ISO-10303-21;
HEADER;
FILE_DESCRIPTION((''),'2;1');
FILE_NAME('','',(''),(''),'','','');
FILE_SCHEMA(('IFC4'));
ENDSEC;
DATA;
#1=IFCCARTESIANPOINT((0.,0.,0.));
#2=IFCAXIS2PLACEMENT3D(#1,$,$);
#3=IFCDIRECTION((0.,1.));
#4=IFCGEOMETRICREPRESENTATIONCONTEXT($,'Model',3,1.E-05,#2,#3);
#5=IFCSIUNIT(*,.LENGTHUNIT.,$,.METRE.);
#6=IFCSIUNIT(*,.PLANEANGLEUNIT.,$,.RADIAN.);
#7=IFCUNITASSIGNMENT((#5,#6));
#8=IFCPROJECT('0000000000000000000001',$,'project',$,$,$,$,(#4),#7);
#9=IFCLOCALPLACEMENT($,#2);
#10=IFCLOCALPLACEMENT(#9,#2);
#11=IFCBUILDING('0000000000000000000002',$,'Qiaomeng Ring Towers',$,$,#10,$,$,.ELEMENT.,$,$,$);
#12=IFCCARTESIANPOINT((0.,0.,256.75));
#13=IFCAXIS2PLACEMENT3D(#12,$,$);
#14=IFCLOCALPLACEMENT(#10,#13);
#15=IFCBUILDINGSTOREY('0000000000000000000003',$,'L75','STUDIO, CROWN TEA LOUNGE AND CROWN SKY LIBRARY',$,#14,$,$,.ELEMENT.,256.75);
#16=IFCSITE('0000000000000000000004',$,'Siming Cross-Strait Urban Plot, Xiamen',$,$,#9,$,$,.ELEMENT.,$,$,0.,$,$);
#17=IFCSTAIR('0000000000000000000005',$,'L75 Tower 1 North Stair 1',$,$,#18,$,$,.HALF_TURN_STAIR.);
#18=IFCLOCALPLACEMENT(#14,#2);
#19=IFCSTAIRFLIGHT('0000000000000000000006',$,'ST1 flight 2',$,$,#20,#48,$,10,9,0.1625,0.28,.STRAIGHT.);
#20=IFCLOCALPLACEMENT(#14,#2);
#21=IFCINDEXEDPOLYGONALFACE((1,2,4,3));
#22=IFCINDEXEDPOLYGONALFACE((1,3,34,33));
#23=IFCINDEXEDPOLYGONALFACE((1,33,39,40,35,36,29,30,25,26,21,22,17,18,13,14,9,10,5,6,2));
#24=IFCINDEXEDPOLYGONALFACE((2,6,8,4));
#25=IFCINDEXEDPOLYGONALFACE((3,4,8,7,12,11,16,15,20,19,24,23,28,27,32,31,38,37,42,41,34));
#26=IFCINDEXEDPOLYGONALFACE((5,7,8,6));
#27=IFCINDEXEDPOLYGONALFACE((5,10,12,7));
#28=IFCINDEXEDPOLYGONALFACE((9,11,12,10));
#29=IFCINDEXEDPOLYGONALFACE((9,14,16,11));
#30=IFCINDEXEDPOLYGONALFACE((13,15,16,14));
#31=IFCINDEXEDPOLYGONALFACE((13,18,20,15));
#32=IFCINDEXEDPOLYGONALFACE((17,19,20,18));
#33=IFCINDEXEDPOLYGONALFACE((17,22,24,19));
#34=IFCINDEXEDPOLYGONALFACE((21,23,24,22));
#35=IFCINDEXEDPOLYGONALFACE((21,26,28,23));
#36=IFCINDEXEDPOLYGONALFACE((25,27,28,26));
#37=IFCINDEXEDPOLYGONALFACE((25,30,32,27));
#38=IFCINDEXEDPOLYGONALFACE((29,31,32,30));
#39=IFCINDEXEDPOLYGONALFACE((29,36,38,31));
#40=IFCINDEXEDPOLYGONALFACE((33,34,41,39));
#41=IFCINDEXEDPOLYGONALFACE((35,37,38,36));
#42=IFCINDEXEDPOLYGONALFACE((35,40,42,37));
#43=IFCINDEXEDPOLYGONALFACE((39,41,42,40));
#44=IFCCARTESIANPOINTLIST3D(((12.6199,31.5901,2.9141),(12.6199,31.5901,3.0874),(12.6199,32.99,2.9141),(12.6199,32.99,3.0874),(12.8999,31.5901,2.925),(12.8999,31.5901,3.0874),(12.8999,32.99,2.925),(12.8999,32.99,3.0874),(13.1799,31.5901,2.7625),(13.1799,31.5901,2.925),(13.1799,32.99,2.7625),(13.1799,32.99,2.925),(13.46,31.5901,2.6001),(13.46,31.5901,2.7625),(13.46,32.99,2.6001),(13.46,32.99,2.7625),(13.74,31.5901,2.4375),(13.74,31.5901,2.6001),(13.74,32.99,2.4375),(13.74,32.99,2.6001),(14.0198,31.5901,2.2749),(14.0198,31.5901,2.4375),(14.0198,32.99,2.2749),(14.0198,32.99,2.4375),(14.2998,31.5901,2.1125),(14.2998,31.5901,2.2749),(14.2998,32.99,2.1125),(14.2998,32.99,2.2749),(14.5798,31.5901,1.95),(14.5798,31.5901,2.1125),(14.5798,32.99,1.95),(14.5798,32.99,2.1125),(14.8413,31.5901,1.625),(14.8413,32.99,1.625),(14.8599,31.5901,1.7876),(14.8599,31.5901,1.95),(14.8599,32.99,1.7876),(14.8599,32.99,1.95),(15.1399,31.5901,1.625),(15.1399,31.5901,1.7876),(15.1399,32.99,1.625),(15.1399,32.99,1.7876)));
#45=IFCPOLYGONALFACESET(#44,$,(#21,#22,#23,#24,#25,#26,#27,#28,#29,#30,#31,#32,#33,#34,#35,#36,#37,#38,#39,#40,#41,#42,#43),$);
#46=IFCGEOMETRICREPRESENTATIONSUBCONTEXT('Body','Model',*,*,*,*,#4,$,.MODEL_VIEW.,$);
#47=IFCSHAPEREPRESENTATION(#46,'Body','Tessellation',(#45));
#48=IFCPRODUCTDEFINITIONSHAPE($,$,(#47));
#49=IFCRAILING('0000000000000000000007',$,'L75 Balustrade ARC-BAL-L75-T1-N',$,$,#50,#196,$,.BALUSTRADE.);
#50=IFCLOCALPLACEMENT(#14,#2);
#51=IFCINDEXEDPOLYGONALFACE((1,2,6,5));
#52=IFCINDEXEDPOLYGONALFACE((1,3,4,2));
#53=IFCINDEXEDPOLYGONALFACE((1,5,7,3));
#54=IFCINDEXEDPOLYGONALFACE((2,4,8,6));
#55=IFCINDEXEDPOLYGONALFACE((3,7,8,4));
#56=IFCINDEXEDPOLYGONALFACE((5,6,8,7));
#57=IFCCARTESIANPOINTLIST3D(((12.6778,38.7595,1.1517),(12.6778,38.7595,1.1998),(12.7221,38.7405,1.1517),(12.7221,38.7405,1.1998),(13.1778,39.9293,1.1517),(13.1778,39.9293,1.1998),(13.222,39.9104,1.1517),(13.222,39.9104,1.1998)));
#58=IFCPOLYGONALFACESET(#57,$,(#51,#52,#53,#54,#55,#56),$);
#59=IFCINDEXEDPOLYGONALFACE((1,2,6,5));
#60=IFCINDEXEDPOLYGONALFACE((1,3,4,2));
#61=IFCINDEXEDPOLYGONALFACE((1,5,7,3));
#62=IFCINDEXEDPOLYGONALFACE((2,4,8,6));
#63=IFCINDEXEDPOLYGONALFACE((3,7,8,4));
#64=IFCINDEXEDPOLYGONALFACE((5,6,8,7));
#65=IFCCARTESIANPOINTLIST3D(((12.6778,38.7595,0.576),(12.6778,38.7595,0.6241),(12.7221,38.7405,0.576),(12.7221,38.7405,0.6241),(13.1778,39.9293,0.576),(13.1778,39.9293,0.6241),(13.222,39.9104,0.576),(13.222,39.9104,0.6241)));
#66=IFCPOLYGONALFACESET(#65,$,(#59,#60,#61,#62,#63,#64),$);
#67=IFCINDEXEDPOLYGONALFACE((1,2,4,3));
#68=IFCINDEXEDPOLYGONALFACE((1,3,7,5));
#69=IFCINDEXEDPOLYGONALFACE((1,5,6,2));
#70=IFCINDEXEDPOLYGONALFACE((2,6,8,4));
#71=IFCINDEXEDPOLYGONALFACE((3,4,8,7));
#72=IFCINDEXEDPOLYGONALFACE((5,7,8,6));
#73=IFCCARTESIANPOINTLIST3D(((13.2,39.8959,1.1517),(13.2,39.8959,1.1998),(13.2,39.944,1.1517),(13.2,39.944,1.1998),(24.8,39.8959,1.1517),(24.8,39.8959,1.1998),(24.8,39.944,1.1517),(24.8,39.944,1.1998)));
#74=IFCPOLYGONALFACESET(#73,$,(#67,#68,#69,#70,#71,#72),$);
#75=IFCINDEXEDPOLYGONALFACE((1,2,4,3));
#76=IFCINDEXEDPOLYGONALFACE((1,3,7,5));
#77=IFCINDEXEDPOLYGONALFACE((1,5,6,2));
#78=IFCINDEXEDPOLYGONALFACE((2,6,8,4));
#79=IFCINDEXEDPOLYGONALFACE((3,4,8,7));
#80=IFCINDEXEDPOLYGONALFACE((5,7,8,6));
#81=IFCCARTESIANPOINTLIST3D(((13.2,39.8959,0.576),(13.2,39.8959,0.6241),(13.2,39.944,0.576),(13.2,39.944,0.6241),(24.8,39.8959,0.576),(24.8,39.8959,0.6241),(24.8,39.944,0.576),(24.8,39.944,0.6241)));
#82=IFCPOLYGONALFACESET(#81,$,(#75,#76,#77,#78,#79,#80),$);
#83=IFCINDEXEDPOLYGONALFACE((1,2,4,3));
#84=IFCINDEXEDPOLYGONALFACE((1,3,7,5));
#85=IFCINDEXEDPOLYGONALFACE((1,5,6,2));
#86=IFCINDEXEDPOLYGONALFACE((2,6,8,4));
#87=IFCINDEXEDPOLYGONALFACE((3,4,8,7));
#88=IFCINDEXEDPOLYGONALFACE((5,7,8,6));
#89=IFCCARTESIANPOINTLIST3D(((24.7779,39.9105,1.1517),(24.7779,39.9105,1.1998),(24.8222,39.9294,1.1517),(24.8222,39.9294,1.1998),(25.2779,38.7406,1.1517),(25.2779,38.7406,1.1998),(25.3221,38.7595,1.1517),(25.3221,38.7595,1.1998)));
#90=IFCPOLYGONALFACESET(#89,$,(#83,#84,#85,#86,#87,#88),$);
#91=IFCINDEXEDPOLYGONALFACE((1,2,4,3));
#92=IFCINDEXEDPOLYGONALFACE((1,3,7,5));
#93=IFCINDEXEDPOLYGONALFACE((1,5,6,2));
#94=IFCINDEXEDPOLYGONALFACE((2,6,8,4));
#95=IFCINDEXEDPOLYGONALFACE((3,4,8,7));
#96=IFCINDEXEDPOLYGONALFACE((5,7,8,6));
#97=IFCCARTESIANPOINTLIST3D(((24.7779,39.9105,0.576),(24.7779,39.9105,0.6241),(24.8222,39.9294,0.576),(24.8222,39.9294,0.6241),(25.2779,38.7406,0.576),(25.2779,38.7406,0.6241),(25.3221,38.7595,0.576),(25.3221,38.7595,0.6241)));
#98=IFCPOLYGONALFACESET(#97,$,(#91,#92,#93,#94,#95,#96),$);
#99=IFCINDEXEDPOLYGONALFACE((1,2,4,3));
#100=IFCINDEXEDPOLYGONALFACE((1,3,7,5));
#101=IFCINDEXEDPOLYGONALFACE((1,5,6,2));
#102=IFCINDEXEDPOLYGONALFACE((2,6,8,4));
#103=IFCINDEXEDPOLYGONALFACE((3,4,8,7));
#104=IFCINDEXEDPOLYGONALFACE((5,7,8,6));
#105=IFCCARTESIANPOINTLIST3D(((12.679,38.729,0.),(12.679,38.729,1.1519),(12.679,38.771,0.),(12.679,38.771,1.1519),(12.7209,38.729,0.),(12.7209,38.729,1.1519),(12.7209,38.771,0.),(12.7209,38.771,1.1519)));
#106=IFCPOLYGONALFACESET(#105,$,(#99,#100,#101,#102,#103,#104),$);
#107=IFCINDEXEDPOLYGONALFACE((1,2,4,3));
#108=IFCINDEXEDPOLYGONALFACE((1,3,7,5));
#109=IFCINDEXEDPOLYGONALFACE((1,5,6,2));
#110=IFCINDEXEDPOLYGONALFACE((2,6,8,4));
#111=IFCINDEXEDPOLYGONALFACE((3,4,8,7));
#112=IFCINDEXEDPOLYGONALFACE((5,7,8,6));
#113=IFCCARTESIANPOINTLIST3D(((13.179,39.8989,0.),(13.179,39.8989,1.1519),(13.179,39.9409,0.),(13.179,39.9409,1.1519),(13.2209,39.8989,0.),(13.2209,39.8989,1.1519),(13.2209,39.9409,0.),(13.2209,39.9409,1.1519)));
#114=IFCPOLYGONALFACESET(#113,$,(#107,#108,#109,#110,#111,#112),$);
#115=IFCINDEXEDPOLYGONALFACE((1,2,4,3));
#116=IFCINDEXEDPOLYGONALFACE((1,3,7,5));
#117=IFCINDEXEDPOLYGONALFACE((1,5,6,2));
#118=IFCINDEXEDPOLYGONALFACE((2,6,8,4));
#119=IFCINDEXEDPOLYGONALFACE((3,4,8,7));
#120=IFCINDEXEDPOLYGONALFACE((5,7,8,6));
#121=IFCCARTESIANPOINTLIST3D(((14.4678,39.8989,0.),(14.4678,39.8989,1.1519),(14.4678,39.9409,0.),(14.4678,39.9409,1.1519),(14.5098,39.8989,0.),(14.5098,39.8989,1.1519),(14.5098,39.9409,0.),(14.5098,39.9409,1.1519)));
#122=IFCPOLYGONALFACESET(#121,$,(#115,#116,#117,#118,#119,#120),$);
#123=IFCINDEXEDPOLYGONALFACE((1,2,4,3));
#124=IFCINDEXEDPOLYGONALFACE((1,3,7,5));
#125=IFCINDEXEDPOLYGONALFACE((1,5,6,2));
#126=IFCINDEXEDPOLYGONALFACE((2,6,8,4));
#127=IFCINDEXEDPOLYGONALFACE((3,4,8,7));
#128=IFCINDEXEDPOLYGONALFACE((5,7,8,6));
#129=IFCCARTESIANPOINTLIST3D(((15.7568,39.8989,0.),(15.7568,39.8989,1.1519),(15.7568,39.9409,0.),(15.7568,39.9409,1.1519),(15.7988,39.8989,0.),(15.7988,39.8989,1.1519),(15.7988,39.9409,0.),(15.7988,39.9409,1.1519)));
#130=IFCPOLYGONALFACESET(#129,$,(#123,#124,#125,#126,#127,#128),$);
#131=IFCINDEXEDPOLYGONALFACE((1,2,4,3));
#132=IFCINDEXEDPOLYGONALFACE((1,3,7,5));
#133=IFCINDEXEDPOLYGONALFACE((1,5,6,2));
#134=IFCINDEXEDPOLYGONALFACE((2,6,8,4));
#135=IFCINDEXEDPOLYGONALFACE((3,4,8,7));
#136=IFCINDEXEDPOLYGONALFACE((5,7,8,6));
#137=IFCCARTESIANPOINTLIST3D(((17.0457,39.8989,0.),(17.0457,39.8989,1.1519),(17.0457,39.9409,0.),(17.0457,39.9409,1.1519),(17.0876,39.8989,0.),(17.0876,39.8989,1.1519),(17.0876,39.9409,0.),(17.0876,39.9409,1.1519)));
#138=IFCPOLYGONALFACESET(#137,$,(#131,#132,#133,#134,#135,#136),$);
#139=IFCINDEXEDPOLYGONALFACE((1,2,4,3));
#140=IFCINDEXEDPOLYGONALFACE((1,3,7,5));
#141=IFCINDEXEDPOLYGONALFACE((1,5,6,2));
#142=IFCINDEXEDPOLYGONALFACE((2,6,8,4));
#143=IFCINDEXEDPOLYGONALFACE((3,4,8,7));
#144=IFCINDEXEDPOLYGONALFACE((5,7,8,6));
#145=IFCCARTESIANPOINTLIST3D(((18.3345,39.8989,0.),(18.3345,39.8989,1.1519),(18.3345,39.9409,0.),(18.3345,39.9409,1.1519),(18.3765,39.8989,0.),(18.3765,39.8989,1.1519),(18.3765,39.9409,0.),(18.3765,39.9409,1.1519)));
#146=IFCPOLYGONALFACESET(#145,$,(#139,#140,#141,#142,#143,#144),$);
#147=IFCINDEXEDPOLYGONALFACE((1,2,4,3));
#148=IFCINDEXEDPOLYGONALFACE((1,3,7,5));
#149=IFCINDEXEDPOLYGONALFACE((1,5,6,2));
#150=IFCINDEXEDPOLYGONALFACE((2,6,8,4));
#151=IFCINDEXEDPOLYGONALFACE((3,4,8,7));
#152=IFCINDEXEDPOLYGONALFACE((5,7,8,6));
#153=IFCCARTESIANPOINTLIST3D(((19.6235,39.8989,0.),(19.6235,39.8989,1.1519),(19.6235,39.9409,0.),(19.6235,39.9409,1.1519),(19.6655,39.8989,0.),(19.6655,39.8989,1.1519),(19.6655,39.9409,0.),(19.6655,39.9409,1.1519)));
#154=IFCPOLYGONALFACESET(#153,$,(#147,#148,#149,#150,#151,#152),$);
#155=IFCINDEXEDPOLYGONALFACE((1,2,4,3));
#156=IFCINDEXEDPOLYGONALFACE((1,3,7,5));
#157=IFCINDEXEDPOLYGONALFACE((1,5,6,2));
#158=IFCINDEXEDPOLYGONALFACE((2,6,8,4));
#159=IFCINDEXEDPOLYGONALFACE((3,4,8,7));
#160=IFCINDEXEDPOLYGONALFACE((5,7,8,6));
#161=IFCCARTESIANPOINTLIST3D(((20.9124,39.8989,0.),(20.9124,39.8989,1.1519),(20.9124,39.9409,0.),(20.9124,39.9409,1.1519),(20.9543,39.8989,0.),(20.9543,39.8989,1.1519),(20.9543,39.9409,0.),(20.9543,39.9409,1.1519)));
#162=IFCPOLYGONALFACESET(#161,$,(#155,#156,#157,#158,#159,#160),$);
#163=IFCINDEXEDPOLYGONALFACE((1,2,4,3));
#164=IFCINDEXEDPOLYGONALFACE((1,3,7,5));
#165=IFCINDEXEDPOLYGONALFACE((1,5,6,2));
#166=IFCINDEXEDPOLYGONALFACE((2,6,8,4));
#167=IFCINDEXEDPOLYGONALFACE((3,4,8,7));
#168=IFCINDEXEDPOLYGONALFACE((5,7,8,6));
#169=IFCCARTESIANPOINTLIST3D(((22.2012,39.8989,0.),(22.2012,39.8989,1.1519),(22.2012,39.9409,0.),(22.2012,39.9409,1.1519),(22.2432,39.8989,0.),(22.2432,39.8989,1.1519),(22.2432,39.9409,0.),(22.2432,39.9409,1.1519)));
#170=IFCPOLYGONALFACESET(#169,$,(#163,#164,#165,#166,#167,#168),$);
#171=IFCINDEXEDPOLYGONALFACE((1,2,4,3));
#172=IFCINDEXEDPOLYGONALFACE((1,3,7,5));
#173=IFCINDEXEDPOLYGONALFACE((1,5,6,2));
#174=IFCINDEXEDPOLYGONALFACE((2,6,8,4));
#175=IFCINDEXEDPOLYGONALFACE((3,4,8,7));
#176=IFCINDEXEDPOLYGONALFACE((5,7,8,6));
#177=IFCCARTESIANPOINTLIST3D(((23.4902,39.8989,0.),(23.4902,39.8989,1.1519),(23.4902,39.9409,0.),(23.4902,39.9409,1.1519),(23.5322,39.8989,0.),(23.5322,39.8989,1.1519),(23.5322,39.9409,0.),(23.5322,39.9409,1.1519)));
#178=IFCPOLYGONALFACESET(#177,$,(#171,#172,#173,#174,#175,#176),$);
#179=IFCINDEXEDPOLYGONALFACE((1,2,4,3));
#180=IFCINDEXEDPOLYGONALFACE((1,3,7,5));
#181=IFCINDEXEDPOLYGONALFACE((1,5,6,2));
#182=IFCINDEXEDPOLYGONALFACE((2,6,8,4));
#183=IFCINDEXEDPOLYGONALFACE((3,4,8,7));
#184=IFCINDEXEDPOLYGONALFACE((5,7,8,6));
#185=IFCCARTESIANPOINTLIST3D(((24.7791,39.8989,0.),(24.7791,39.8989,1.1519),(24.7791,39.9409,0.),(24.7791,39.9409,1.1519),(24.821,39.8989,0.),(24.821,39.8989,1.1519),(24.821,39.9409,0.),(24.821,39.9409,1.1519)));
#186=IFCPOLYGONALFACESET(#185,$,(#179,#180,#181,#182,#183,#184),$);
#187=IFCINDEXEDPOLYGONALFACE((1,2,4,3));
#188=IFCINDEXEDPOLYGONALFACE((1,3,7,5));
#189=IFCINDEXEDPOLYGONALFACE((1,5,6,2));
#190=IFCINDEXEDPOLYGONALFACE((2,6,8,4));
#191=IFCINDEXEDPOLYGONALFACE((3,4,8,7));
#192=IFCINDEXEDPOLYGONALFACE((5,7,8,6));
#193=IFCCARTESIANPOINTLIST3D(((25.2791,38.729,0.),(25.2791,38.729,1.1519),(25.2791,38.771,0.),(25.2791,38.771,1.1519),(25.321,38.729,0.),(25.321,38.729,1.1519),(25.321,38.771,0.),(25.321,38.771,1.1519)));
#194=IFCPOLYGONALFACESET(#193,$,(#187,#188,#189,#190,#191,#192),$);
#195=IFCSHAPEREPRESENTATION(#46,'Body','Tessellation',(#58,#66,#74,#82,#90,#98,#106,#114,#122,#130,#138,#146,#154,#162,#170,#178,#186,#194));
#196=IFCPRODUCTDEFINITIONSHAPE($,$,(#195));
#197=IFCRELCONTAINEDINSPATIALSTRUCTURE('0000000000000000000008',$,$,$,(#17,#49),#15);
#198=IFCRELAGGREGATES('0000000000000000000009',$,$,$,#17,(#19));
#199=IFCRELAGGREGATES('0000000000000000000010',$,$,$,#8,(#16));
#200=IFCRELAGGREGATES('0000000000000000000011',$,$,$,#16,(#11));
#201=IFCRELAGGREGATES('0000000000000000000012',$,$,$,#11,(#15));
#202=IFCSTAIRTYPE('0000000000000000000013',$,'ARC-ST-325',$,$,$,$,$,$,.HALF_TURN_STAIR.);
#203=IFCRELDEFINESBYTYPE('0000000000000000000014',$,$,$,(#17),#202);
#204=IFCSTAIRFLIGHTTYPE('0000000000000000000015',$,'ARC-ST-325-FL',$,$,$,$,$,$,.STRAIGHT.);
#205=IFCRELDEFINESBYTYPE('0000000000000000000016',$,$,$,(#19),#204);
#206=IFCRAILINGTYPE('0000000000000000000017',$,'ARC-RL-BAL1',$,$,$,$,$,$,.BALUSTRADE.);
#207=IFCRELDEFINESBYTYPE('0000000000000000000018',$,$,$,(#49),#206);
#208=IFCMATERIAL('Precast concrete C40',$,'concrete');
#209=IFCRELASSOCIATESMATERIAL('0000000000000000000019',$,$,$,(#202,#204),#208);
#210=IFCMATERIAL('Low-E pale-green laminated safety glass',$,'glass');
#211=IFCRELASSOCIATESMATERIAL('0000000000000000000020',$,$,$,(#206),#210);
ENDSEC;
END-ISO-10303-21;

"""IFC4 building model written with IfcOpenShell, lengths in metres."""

from ifc_helpers import new_model, si_unit, direction, frame, origin, origin_2d, place, context, subcontext, project, spatial, polyline, rectangle, outline, extrude, source, transform, mapped, material, type_object, element, aggregate, save


model = new_model("IFC4")

# Units and contexts
model_context = context("Model", 3, precision=1e-05, world=origin(), true_north=direction((0.0, 1.0)))
body_context = subcontext(model_context, "Body", "Model", "MODEL_VIEW")
ifc_project = project(units=[si_unit("LENGTHUNIT", "METRE"), si_unit("PLANEANGLEUNIT", "RADIAN")], contexts=[model_context])

# Site, building, storey
site_placement = place(None, origin())
site = spatial("IfcSite", under=ifc_project, at=site_placement, Name="Siming Cross-Strait Urban Plot, Xiamen", CompositionType="ELEMENT", RefElevation=0.0)
building_placement = place(site_placement, origin())
building = spatial("IfcBuilding", under=site, at=building_placement, Name="Qiaomeng Ring Towers", CompositionType="ELEMENT")
storey_placement = place(building_placement, frame((0.0, 0.0, 256.75)))
storey = spatial("IfcBuildingStorey", under=building, at=storey_placement, Name="L75", Description="STUDIO, CROWN TEA LOUNGE AND CROWN SKY LIBRARY", CompositionType="ELEMENT", Elevation=256.75)

# Stair, stair flight
ifc_material_1 = material(Name="Precast concrete C40", Category="concrete")
stair_type = type_object("IfcStairType", Name="ARC-ST-325", PredefinedType="HALF_TURN_STAIR", material=ifc_material_1)
stair_placement = place(storey_placement, origin())
stair = element("IfcStair", 1, at=stair_placement, inside=storey, type_object=stair_type, Name="L75 Tower 1 North Stair 1", PredefinedType="HALF_TURN_STAIR")
stair_flight_type = type_object("IfcStairFlightType", Name="ARC-ST-325-FL", PredefinedType="STRAIGHT", material=ifc_material_1)
shared_shape_1 = source(origin(), body_context, "Body", "SweptSolid", [
    extrude(outline(polyline([(0.0, 0.0), (0.0, 0.1626), (0.28, 0.1626), (0.28, 0.325), (0.5601, 0.325), (0.5601, 0.4875), (0.8401, 0.4875), (0.8401, 0.6499), (1.1201, 0.6499), (1.1201, 0.8125), (1.3999, 0.8125), (1.3999, 0.9751), (1.6799, 0.9751), (1.6799, 1.1375), (1.96, 1.1375), (1.96, 1.3), (2.24, 1.3), (2.24, 1.4624), (2.52, 1.4624), (2.52, 1.625), (2.52, 1.2891), (0.2986, 0.0), (0.0, 0.0)])), frame((0.0, 0.7, 0.0), z_axis=(0.0, -1.0, 0.0), x_axis=(1.0, 0.0, 0.0)), (0.0, 0.0, 1.0), 1.3999),
])
stair_flight_placement = place(storey_placement, frame((15.1399, 32.29, 1.625), z_axis=(0.0, 0.0, 1.0), x_axis=(-1.0, 0.0, 0.0)))
stair_flight = element("IfcStairFlight", 2, at=stair_flight_placement, type_object=stair_flight_type, Name="ST1 flight 2", NumberOfRisers=10, NumberOfTreads=9, PredefinedType="STRAIGHT", RiserHeight=0.1625, TreadLength=0.28, context=body_context, shape_type="MappedRepresentation", body=[
    mapped(shared_shape_1, transform((0.0, 0.0, 0.0), x_axis=(1.0, 0.0, 0.0), y_axis=(0.0, 1.0, 0.0), z_axis=(0.0, 0.0, 1.0), scale=1.0)),
])
aggregate(stair, [stair_flight])

# Railing
ifc_material_2 = material(Name="Low-E pale-green laminated safety glass", Category="glass")
railing_type_1 = type_object("IfcRailingType", Name="ARC-RL-BAL1", PredefinedType="BALUSTRADE", material=ifc_material_2)
railing_1_placement = place(storey_placement, frame((12.7, 38.75, 0.0)))
element("IfcRailing", 3, at=railing_1_placement, inside=storey, type_object=railing_type_1, Name="L75 Balustrade ARC-BAL-L75-T1-N", PredefinedType="BALUSTRADE", context=body_context, shape_type="SweptSolid", body=[
    extrude(rectangle(XDim=0.0481, YDim=0.0481, at=origin_2d()), frame((0.0, 0.0, 1.1758), z_axis=(0.392993, 0.919542, 0.0), x_axis=(-0.919542, 0.392993, 0.0)), (0.0, 0.0, 1.0), 1.2722),
    extrude(rectangle(XDim=0.0481, YDim=0.0481, at=origin_2d()), frame((0.0, 0.0, 0.6001), z_axis=(0.392993, 0.919542, 0.0), x_axis=(-0.919542, 0.392993, 0.0)), (0.0, 0.0, 1.0), 1.2722),
    extrude(rectangle(XDim=0.0481, YDim=0.0481, at=origin_2d()), frame((0.5, 1.1699, 1.1758), z_axis=(1.0, 0.0, 0.0), x_axis=(0.0, 1.0, 0.0)), (0.0, 0.0, 1.0), 11.6001),
    extrude(rectangle(XDim=0.0481, YDim=0.0481, at=origin_2d()), frame((0.5, 1.1699, 0.6001), z_axis=(1.0, 0.0, 0.0), x_axis=(0.0, 1.0, 0.0)), (0.0, 0.0, 1.0), 11.6001),
    extrude(rectangle(XDim=0.0481, YDim=0.0481, at=origin_2d()), frame((12.1001, 1.1699, 1.1758), z_axis=(0.392993, -0.919542, 0.0), x_axis=(0.919542, 0.392993, 0.0)), (0.0, 0.0, 1.0), 1.2722),
    extrude(rectangle(XDim=0.0481, YDim=0.0481, at=origin_2d()), frame((12.1001, 1.1699, 0.6001), z_axis=(0.392993, -0.919542, 0.0), x_axis=(0.919542, 0.392993, 0.0)), (0.0, 0.0, 1.0), 1.2722),
    extrude(rectangle(XDim=0.042, YDim=0.042, at=origin_2d()), origin(), (0.0, 0.0, 1.0), 1.1519),
    extrude(rectangle(XDim=0.042, YDim=0.042, at=origin_2d()), frame((0.5, 1.1699, 0.0)), (0.0, 0.0, 1.0), 1.1519),
    extrude(rectangle(XDim=0.042, YDim=0.042, at=origin_2d()), frame((1.7888, 1.1699, 0.0)), (0.0, 0.0, 1.0), 1.1519),
    extrude(rectangle(XDim=0.042, YDim=0.042, at=origin_2d()), frame((3.0779, 1.1699, 0.0)), (0.0, 0.0, 1.0), 1.1519),
    extrude(rectangle(XDim=0.042, YDim=0.042, at=origin_2d()), frame((4.3667, 1.1699, 0.0)), (0.0, 0.0, 1.0), 1.1519),
    extrude(rectangle(XDim=0.042, YDim=0.042, at=origin_2d()), frame((5.6555, 1.1699, 0.0)), (0.0, 0.0, 1.0), 1.1519),
    extrude(rectangle(XDim=0.042, YDim=0.042, at=origin_2d()), frame((6.9446, 1.1699, 0.0)), (0.0, 0.0, 1.0), 1.1519),
    extrude(rectangle(XDim=0.042, YDim=0.042, at=origin_2d()), frame((8.2334, 1.1699, 0.0)), (0.0, 0.0, 1.0), 1.1519),
    extrude(rectangle(XDim=0.042, YDim=0.042, at=origin_2d()), frame((9.5222, 1.1699, 0.0)), (0.0, 0.0, 1.0), 1.1519),
    extrude(rectangle(XDim=0.042, YDim=0.042, at=origin_2d()), frame((10.8113, 1.1699, 0.0)), (0.0, 0.0, 1.0), 1.1519),
    extrude(rectangle(XDim=0.042, YDim=0.042, at=origin_2d()), frame((12.1001, 1.1699, 0.0)), (0.0, 0.0, 1.0), 1.1519),
    extrude(rectangle(XDim=0.042, YDim=0.042, at=origin_2d()), frame((12.6001, 0.0, 0.0)), (0.0, 0.0, 1.0), 1.1519),
])

save(model, "model.ifc")
